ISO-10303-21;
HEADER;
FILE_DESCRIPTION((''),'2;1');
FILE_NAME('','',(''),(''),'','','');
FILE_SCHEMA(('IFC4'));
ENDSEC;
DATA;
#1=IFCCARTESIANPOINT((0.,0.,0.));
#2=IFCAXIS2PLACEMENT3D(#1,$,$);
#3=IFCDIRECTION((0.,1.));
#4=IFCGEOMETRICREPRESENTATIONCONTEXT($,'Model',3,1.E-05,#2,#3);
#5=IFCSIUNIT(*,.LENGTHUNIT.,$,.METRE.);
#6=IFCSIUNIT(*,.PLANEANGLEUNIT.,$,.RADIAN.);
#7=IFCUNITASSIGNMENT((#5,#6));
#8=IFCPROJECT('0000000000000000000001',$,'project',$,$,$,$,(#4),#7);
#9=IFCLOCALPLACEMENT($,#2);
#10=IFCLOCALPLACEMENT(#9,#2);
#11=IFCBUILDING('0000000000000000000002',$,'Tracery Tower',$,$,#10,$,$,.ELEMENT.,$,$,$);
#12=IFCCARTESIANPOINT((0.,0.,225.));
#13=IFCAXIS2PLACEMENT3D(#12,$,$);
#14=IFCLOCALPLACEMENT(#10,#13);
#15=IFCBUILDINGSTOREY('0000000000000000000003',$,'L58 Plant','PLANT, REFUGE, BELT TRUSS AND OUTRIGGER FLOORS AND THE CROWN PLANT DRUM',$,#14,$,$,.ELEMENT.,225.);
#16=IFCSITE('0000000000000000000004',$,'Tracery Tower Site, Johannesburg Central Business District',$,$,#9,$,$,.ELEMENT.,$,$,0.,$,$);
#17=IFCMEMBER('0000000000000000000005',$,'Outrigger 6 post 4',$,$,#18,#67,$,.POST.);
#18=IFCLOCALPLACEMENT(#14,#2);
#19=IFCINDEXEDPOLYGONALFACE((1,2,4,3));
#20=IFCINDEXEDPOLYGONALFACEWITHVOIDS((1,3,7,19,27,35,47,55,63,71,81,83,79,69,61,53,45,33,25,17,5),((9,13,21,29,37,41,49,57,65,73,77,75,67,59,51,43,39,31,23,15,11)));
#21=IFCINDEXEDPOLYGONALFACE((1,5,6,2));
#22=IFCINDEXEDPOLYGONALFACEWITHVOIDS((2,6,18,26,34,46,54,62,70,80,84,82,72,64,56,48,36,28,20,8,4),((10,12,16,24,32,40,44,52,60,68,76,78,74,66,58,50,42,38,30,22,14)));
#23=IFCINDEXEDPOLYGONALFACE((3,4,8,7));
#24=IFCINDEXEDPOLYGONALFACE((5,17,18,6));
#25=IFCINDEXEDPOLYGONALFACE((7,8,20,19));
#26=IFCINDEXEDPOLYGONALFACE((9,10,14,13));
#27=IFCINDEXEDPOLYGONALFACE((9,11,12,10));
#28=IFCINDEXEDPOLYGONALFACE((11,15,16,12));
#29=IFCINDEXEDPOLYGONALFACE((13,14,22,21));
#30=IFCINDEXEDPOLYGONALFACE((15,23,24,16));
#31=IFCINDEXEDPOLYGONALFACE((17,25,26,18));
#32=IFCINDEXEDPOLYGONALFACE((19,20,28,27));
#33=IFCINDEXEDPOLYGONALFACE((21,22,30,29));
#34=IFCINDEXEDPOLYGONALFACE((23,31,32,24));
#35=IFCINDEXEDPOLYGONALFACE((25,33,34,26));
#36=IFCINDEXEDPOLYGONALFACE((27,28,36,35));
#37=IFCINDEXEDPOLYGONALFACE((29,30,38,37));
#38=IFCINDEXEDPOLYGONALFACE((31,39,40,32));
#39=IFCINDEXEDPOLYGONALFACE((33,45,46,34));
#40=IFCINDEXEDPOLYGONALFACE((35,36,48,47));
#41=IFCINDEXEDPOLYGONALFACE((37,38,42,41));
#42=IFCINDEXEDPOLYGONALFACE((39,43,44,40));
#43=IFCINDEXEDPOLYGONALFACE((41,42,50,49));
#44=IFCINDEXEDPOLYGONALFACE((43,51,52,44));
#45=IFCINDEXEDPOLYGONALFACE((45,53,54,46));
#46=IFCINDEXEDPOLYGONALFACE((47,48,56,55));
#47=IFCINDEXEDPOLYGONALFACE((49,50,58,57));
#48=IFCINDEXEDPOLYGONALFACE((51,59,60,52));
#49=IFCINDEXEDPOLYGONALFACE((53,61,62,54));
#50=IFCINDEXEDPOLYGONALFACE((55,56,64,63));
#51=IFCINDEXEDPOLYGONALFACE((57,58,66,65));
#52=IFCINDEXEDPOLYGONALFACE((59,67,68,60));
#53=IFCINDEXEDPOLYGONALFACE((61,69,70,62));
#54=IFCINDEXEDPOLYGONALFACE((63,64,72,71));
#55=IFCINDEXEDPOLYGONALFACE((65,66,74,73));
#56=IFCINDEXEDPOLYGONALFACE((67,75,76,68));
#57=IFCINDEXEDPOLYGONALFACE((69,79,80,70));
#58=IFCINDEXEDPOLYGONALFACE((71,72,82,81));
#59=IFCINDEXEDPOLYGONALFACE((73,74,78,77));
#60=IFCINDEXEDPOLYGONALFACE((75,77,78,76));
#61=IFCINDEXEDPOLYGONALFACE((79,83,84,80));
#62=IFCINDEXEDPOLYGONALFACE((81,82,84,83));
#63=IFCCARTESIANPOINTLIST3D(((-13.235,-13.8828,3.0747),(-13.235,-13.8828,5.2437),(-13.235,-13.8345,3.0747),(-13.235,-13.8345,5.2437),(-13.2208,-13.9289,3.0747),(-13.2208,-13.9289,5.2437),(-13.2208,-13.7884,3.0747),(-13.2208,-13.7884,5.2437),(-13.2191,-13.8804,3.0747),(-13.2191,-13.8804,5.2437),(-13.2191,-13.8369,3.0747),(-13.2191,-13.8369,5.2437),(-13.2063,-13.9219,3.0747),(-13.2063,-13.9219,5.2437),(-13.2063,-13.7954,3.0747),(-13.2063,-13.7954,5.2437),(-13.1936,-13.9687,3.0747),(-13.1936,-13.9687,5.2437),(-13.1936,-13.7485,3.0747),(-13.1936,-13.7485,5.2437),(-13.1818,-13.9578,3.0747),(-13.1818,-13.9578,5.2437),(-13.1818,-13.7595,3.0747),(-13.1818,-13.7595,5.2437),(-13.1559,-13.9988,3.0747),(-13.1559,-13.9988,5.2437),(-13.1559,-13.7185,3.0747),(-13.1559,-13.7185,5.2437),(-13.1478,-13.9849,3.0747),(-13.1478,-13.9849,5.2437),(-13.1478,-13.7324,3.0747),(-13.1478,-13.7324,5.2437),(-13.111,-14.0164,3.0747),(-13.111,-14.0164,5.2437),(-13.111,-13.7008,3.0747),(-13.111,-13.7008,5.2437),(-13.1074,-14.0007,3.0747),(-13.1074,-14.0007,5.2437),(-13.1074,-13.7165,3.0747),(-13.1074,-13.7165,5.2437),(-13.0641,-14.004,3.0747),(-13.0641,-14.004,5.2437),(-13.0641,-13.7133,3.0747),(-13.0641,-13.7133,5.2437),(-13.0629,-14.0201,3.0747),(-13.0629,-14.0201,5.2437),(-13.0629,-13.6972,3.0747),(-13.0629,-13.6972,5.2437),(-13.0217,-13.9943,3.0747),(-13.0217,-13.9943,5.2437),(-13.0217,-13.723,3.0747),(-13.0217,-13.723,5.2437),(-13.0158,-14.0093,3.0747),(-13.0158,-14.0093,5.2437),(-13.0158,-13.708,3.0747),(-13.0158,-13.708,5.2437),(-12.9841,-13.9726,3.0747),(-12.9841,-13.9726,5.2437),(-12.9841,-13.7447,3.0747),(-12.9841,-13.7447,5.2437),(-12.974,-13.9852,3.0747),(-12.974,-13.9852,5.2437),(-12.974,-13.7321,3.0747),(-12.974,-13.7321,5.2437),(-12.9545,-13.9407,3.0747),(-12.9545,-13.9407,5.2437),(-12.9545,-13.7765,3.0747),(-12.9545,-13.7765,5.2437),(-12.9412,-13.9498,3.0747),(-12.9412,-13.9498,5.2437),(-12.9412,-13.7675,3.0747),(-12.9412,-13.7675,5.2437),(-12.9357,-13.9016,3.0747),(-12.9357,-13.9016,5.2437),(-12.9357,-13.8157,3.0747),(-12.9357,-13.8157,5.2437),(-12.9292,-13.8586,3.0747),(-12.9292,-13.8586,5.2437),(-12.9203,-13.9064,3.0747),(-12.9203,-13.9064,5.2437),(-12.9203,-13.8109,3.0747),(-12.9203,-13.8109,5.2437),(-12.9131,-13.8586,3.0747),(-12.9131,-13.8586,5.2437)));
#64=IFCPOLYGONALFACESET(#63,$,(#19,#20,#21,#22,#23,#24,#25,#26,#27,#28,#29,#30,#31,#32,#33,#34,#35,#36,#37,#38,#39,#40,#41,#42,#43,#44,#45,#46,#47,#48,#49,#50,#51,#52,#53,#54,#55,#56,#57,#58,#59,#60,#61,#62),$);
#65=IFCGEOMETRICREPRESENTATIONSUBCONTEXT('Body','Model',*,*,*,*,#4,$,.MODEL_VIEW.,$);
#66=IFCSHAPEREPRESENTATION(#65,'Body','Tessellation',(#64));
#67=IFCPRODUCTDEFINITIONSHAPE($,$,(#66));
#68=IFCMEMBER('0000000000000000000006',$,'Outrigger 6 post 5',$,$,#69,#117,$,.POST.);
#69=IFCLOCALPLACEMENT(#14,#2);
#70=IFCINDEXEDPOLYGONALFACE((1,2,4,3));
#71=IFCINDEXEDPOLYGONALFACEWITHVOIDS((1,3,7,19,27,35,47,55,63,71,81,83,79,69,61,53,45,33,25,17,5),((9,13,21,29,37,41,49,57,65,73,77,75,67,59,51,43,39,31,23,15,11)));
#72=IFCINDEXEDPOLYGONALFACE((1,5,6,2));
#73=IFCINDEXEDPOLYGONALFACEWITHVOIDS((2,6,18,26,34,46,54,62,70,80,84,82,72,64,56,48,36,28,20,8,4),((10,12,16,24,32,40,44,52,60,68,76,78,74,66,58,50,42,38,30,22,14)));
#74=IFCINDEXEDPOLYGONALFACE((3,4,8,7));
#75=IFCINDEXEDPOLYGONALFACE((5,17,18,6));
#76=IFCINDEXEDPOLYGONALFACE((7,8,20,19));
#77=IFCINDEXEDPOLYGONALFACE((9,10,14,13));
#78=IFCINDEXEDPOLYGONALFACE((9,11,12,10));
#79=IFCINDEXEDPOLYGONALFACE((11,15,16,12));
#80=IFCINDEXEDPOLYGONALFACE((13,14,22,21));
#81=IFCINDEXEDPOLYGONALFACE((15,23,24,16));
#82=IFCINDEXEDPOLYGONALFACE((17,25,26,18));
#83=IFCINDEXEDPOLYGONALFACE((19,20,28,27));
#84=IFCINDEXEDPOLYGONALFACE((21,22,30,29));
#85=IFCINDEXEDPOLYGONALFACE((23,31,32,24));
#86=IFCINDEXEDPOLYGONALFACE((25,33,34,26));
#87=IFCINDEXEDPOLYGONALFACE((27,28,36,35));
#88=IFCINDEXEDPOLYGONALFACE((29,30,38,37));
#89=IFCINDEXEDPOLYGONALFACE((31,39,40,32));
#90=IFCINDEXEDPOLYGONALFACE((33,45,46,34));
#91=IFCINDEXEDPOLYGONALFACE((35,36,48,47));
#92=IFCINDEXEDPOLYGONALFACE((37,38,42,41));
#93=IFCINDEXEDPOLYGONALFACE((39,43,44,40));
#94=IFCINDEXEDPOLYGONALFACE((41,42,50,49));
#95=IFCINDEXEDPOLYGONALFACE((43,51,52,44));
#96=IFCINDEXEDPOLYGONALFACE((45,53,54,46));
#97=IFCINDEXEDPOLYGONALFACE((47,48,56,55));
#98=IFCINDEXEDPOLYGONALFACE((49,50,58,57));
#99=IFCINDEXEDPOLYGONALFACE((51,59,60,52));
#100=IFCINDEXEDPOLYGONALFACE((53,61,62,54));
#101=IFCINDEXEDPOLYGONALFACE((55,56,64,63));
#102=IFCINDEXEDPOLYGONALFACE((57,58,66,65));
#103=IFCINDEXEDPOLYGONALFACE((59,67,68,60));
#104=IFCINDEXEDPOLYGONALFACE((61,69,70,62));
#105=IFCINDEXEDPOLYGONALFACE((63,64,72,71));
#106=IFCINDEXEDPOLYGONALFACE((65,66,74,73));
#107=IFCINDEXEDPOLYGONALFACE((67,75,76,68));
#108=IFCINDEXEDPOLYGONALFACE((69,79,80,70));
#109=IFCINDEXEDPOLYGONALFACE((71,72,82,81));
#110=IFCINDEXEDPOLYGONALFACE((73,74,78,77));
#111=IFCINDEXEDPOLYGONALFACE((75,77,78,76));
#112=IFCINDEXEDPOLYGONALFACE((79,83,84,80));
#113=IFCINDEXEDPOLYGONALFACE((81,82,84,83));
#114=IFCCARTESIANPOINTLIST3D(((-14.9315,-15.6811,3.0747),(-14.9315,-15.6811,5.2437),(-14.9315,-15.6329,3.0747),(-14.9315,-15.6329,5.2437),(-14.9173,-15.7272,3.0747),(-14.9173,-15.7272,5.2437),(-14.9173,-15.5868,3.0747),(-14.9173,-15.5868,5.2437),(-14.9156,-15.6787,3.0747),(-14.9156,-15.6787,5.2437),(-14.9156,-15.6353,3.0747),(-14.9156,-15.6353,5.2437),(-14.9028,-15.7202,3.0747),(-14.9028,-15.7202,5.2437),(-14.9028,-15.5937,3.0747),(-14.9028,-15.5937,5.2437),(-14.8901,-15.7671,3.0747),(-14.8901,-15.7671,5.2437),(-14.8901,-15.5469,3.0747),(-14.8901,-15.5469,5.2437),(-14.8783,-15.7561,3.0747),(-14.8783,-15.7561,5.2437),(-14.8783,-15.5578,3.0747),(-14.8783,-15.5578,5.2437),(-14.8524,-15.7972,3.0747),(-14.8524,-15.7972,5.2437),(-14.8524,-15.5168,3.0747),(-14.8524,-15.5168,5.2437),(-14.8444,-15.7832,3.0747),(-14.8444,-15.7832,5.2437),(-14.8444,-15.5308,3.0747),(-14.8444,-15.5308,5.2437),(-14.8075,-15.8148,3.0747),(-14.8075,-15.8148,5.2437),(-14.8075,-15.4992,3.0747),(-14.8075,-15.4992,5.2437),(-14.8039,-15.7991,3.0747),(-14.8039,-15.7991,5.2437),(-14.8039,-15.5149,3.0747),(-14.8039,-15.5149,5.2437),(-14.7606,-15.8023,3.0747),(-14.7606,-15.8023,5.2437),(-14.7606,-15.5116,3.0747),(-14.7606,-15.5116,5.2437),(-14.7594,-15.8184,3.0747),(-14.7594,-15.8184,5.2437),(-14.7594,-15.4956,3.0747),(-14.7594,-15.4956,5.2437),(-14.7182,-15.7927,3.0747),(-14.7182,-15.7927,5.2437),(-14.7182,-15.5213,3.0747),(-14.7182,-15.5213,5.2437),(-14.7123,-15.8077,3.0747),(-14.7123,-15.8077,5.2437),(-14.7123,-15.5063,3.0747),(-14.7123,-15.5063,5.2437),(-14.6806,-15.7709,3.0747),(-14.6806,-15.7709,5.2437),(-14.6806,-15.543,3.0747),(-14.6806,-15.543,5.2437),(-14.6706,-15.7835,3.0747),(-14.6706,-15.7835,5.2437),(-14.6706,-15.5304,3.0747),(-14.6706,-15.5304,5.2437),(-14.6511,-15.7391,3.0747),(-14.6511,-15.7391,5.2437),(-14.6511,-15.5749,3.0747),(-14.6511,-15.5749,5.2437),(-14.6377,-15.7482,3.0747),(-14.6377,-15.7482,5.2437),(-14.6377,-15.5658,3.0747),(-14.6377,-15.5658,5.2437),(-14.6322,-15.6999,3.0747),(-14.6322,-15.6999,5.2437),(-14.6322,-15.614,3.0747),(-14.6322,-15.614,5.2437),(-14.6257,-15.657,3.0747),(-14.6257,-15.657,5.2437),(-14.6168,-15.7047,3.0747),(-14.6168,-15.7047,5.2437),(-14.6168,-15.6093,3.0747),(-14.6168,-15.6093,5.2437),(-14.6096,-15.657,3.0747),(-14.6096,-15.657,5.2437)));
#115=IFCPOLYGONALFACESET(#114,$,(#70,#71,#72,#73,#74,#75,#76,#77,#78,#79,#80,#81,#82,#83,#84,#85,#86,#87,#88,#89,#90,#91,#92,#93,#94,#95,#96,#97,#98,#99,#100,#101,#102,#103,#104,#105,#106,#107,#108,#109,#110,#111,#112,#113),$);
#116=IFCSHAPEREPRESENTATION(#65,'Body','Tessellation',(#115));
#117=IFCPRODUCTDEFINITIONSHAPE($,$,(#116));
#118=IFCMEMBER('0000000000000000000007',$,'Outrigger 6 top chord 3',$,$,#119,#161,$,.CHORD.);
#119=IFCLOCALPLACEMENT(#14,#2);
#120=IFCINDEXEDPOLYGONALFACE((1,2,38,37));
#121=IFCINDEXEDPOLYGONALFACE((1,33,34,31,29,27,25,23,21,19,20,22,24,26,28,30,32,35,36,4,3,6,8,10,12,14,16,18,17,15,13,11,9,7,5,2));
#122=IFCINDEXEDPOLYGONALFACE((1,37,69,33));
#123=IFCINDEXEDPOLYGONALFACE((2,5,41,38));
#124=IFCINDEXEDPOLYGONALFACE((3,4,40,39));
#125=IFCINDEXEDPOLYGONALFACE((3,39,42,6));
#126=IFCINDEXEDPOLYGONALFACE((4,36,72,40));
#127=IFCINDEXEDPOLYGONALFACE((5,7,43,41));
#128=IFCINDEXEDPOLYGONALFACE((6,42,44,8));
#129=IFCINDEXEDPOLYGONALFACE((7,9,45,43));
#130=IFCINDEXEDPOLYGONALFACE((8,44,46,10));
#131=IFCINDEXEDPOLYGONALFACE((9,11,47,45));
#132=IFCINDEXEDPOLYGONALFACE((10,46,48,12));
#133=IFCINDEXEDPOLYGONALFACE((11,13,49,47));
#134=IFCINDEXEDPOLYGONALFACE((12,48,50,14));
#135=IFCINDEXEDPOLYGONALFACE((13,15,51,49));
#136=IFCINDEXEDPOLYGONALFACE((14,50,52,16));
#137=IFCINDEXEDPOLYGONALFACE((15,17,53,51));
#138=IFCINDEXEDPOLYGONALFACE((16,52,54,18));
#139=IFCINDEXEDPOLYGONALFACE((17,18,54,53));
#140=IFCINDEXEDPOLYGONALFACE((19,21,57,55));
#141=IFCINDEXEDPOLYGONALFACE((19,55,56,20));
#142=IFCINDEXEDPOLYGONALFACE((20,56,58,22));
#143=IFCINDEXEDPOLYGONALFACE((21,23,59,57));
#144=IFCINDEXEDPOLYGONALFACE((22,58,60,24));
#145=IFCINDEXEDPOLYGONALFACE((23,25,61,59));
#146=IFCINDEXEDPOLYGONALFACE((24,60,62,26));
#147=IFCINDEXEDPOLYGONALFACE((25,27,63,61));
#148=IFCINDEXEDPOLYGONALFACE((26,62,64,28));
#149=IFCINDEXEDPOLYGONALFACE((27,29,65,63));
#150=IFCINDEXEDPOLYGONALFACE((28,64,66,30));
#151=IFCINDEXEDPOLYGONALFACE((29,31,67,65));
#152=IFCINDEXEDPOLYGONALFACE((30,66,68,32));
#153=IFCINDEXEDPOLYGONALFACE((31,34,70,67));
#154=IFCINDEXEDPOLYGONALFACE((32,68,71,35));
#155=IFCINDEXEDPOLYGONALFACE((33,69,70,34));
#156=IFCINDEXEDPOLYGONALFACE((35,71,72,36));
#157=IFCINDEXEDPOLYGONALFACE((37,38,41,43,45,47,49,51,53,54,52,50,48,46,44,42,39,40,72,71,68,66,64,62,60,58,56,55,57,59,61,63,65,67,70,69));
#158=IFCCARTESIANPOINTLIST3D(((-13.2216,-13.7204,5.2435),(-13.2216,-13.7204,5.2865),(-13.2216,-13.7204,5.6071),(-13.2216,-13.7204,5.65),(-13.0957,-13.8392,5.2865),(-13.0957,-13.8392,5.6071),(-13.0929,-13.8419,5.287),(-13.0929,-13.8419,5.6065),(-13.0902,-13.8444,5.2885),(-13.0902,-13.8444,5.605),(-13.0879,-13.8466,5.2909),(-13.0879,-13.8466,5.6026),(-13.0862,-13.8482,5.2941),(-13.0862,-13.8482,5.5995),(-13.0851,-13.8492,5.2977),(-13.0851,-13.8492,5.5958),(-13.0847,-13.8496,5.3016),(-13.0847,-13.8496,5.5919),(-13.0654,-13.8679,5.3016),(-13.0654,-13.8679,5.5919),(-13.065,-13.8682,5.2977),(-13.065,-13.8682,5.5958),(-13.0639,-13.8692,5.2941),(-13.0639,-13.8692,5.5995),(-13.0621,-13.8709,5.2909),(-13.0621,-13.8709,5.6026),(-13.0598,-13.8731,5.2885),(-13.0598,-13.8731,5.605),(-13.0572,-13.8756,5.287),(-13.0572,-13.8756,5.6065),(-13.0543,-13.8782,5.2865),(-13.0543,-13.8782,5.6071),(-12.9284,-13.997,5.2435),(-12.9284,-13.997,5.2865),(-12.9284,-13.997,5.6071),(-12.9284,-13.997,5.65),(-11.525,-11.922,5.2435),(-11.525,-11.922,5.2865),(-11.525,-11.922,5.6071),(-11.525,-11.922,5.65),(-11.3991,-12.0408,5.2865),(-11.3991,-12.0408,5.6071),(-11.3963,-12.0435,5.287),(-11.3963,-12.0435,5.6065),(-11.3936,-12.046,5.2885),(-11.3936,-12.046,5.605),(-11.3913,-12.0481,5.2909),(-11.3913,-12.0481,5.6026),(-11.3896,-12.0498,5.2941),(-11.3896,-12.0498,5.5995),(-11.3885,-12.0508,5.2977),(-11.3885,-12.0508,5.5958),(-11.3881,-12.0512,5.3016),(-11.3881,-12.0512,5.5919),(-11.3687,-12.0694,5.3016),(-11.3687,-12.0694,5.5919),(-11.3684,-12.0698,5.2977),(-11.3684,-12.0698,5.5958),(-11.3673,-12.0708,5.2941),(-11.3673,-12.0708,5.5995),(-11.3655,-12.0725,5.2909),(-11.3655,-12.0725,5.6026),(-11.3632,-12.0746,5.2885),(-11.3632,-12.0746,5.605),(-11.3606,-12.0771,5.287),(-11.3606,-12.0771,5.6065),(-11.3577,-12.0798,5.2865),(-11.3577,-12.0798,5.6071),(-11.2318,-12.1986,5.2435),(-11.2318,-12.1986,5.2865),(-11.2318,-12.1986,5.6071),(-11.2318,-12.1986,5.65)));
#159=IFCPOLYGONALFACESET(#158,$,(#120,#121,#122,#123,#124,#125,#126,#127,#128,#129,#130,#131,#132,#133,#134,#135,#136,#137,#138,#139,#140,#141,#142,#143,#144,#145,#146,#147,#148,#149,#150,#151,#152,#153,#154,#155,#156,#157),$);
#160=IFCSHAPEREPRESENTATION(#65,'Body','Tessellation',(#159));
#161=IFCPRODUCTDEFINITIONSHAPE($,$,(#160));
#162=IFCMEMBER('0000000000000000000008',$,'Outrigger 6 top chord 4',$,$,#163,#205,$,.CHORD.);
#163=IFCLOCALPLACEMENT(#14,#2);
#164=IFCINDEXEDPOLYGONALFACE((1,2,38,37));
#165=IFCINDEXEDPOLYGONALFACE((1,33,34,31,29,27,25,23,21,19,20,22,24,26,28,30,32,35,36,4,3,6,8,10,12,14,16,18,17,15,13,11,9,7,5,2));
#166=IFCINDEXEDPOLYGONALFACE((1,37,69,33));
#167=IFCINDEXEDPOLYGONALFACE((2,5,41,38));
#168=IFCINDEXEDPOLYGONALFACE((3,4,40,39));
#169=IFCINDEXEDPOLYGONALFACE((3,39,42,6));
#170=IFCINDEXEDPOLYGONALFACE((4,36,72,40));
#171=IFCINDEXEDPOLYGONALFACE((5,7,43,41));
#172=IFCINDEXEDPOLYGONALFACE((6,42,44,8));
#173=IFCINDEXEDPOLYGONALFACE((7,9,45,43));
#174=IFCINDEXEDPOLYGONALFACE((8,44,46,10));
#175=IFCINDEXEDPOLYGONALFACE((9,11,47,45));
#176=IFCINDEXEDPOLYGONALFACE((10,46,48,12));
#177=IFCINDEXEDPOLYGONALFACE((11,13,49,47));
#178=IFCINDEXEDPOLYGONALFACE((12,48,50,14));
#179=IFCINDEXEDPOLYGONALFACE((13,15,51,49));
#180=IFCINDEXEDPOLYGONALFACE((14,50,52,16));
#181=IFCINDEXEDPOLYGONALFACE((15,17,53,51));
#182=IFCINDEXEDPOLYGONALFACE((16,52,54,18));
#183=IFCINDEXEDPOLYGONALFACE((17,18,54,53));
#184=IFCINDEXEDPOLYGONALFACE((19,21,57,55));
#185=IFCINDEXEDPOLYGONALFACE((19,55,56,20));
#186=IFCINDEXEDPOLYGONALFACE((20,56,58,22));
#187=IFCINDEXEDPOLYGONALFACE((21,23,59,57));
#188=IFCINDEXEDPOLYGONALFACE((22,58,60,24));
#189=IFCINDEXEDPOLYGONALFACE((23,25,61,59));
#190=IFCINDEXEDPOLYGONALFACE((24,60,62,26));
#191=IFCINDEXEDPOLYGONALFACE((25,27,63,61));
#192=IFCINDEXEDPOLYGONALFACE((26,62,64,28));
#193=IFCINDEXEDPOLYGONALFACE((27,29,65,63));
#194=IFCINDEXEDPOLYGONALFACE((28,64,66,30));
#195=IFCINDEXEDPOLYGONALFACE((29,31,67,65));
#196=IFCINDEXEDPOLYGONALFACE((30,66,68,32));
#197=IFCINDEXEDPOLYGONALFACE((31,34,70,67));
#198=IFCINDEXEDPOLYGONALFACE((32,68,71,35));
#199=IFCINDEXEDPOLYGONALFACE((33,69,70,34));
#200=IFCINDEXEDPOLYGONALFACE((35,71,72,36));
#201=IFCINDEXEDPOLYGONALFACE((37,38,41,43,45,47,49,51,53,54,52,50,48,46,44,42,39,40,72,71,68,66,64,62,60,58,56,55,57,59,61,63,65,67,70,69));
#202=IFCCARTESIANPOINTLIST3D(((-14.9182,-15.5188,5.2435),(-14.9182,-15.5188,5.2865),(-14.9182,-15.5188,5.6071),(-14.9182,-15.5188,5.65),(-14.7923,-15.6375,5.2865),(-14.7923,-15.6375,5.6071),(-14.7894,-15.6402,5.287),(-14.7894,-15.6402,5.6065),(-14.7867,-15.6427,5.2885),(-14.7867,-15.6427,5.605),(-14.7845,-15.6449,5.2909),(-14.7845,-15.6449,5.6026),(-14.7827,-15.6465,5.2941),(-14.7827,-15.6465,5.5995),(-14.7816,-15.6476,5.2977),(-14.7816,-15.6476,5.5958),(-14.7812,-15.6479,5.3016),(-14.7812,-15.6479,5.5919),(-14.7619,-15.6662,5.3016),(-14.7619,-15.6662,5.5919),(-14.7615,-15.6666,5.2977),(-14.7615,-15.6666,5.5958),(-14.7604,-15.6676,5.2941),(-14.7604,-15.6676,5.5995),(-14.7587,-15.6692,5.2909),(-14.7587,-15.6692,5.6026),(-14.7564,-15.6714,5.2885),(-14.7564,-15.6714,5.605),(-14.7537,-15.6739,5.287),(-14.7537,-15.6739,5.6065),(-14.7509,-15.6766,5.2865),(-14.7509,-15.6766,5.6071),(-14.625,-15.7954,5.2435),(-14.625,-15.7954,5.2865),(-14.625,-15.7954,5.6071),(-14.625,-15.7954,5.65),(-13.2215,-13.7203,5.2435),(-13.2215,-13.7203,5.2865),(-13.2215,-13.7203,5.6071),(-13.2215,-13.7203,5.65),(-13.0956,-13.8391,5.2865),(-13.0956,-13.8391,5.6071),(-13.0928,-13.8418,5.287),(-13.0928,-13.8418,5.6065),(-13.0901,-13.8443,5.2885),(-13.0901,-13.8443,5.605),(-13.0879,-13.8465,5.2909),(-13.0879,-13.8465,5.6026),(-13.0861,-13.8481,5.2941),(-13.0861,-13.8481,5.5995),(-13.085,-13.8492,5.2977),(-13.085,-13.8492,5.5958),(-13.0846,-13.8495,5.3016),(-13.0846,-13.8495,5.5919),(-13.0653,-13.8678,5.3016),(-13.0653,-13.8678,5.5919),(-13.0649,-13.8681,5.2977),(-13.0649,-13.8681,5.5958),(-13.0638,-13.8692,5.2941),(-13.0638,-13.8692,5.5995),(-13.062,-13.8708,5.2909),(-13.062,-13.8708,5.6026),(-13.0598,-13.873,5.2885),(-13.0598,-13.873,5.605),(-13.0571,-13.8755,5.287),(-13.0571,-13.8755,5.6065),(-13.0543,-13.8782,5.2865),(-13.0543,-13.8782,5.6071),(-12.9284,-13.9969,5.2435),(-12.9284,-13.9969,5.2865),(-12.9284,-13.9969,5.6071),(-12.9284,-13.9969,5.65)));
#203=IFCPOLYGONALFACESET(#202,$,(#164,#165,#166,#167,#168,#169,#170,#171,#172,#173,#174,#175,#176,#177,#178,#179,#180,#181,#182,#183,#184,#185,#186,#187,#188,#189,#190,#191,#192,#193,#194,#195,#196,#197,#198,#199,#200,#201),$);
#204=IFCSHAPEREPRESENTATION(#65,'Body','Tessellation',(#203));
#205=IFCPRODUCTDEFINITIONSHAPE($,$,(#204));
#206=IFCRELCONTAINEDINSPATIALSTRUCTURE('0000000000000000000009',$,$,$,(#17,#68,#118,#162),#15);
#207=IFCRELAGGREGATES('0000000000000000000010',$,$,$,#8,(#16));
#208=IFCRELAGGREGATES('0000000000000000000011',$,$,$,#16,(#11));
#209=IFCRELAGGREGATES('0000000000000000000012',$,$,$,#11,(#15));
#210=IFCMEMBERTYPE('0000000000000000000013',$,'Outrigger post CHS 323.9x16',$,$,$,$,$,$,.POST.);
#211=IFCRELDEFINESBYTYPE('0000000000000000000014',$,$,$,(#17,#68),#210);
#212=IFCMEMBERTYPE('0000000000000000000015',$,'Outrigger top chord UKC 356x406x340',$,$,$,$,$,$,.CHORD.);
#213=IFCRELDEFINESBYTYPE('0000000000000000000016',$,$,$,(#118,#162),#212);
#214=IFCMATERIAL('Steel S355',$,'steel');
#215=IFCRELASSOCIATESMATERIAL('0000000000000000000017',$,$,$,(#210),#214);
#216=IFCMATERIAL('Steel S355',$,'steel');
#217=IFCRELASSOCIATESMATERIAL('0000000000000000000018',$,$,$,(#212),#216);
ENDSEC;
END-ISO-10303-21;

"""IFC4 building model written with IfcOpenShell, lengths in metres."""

from ifc_helpers import new_model, si_unit, direction, frame, origin, origin_2d, place, context, subcontext, project, spatial, hollow_circle, i_section, extrude, material, material_profile, profile_set, type_object, element, save


model = new_model("IFC4")

# Units and contexts
model_context = context("Model", 3, precision=1e-05, world=origin(), true_north=direction((0.0, 1.0)))
body_context = subcontext(model_context, "Body", "Model", "MODEL_VIEW")
ifc_project = project(units=[si_unit("LENGTHUNIT", "METRE"), si_unit("PLANEANGLEUNIT", "RADIAN")], contexts=[model_context])

# Site, building, storey
site_placement = place(None, origin())
site = spatial("IfcSite", under=ifc_project, at=site_placement, Name="Tracery Tower Site, Johannesburg Central Business District", CompositionType="ELEMENT", RefElevation=0.0)
building_placement = place(site_placement, origin())
building = spatial("IfcBuilding", under=site, at=building_placement, Name="Tracery Tower", CompositionType="ELEMENT")
storey_placement = place(building_placement, frame((0.0, 0.0, 225.0)))
storey = spatial("IfcBuildingStorey", under=building, at=storey_placement, Name="L58 Plant", Description="PLANT, REFUGE, BELT TRUSS AND OUTRIGGER FLOORS AND THE CROWN PLANT DRUM", CompositionType="ELEMENT", Elevation=225.0)

# Members
ifc_material_1 = material(Name="Steel S355", Category="steel")
ifc_material_profile_1 = material_profile(ifc_material_1, hollow_circle(Radius=0.1619, WallThickness=0.0161, at=origin_2d()), Name="CHS 323.9x16")
ifc_profile_set_1 = profile_set([ifc_material_profile_1], Name="Steel S355")
member_type_1 = type_object("IfcMemberType", Name="Outrigger post CHS 323.9x16", PredefinedType="POST", material=ifc_profile_set_1)
for number, where, z_axis, x_axis, name in (
    (1, (-13.075, -13.8586, 3.0747), (0.0, 0.0, 1.0), (1.0, 0.0, 0.0), "Outrigger 6 post 4"),
    (2, (-14.7715, -15.657, 3.0747), (0.0, 0.0, 1.0), (1.0, 0.0, 0.0), "Outrigger 6 post 5"),
):
    element("IfcMember", number, at=place(storey_placement, frame(where, z_axis=z_axis, x_axis=x_axis)), inside=storey, type_object=member_type_1, Name=name, PredefinedType="POST", context=body_context, shape_type="SweptSolid", body=[
        extrude(hollow_circle(Radius=0.1619, WallThickness=0.0161, at=origin_2d()), origin(), (0.0, 0.0, 1.0), 2.1689),
    ])
ifc_material_2 = material(Name="Steel S355", Category="steel")
ifc_material_profile_2 = material_profile(ifc_material_2, i_section(OverallWidth=0.4031, OverallDepth=0.4065, WebThickness=0.0266, FlangeThickness=0.043, FilletRadius=0.0151, at=origin_2d()), Name="UKC 356x406x340")
ifc_profile_set_2 = profile_set([ifc_material_profile_2], Name="Steel S355")
member_type_2 = type_object("IfcMemberType", Name="Outrigger top chord UKC 356x406x340", PredefinedType="CHORD", material=ifc_profile_set_2)
for number, where, z_axis, x_axis, name in (
    (3, (-11.3784, -12.0603, 5.4468), (-0.686217, -0.727396, 0.0), (0.727396, -0.686217, 0.0), "Outrigger 6 top chord 3"),
    (4, (-13.075, -13.8586, 5.4468), (-0.686217, -0.727396, 0.0), (0.727396, -0.686217, 0.0), "Outrigger 6 top chord 4"),
):
    element("IfcMember", number, at=place(storey_placement, frame(where, z_axis=z_axis, x_axis=x_axis)), inside=storey, type_object=member_type_2, Name=name, PredefinedType="CHORD", context=body_context, shape_type="SweptSolid", body=[
        extrude(i_section(OverallWidth=0.4031, OverallDepth=0.4065, WebThickness=0.0266, FlangeThickness=0.043, FilletRadius=0.0151, at=origin_2d()), origin(), (0.0, 0.0, 1.0), 2.4724),
    ])

save(model, "model.ifc")
